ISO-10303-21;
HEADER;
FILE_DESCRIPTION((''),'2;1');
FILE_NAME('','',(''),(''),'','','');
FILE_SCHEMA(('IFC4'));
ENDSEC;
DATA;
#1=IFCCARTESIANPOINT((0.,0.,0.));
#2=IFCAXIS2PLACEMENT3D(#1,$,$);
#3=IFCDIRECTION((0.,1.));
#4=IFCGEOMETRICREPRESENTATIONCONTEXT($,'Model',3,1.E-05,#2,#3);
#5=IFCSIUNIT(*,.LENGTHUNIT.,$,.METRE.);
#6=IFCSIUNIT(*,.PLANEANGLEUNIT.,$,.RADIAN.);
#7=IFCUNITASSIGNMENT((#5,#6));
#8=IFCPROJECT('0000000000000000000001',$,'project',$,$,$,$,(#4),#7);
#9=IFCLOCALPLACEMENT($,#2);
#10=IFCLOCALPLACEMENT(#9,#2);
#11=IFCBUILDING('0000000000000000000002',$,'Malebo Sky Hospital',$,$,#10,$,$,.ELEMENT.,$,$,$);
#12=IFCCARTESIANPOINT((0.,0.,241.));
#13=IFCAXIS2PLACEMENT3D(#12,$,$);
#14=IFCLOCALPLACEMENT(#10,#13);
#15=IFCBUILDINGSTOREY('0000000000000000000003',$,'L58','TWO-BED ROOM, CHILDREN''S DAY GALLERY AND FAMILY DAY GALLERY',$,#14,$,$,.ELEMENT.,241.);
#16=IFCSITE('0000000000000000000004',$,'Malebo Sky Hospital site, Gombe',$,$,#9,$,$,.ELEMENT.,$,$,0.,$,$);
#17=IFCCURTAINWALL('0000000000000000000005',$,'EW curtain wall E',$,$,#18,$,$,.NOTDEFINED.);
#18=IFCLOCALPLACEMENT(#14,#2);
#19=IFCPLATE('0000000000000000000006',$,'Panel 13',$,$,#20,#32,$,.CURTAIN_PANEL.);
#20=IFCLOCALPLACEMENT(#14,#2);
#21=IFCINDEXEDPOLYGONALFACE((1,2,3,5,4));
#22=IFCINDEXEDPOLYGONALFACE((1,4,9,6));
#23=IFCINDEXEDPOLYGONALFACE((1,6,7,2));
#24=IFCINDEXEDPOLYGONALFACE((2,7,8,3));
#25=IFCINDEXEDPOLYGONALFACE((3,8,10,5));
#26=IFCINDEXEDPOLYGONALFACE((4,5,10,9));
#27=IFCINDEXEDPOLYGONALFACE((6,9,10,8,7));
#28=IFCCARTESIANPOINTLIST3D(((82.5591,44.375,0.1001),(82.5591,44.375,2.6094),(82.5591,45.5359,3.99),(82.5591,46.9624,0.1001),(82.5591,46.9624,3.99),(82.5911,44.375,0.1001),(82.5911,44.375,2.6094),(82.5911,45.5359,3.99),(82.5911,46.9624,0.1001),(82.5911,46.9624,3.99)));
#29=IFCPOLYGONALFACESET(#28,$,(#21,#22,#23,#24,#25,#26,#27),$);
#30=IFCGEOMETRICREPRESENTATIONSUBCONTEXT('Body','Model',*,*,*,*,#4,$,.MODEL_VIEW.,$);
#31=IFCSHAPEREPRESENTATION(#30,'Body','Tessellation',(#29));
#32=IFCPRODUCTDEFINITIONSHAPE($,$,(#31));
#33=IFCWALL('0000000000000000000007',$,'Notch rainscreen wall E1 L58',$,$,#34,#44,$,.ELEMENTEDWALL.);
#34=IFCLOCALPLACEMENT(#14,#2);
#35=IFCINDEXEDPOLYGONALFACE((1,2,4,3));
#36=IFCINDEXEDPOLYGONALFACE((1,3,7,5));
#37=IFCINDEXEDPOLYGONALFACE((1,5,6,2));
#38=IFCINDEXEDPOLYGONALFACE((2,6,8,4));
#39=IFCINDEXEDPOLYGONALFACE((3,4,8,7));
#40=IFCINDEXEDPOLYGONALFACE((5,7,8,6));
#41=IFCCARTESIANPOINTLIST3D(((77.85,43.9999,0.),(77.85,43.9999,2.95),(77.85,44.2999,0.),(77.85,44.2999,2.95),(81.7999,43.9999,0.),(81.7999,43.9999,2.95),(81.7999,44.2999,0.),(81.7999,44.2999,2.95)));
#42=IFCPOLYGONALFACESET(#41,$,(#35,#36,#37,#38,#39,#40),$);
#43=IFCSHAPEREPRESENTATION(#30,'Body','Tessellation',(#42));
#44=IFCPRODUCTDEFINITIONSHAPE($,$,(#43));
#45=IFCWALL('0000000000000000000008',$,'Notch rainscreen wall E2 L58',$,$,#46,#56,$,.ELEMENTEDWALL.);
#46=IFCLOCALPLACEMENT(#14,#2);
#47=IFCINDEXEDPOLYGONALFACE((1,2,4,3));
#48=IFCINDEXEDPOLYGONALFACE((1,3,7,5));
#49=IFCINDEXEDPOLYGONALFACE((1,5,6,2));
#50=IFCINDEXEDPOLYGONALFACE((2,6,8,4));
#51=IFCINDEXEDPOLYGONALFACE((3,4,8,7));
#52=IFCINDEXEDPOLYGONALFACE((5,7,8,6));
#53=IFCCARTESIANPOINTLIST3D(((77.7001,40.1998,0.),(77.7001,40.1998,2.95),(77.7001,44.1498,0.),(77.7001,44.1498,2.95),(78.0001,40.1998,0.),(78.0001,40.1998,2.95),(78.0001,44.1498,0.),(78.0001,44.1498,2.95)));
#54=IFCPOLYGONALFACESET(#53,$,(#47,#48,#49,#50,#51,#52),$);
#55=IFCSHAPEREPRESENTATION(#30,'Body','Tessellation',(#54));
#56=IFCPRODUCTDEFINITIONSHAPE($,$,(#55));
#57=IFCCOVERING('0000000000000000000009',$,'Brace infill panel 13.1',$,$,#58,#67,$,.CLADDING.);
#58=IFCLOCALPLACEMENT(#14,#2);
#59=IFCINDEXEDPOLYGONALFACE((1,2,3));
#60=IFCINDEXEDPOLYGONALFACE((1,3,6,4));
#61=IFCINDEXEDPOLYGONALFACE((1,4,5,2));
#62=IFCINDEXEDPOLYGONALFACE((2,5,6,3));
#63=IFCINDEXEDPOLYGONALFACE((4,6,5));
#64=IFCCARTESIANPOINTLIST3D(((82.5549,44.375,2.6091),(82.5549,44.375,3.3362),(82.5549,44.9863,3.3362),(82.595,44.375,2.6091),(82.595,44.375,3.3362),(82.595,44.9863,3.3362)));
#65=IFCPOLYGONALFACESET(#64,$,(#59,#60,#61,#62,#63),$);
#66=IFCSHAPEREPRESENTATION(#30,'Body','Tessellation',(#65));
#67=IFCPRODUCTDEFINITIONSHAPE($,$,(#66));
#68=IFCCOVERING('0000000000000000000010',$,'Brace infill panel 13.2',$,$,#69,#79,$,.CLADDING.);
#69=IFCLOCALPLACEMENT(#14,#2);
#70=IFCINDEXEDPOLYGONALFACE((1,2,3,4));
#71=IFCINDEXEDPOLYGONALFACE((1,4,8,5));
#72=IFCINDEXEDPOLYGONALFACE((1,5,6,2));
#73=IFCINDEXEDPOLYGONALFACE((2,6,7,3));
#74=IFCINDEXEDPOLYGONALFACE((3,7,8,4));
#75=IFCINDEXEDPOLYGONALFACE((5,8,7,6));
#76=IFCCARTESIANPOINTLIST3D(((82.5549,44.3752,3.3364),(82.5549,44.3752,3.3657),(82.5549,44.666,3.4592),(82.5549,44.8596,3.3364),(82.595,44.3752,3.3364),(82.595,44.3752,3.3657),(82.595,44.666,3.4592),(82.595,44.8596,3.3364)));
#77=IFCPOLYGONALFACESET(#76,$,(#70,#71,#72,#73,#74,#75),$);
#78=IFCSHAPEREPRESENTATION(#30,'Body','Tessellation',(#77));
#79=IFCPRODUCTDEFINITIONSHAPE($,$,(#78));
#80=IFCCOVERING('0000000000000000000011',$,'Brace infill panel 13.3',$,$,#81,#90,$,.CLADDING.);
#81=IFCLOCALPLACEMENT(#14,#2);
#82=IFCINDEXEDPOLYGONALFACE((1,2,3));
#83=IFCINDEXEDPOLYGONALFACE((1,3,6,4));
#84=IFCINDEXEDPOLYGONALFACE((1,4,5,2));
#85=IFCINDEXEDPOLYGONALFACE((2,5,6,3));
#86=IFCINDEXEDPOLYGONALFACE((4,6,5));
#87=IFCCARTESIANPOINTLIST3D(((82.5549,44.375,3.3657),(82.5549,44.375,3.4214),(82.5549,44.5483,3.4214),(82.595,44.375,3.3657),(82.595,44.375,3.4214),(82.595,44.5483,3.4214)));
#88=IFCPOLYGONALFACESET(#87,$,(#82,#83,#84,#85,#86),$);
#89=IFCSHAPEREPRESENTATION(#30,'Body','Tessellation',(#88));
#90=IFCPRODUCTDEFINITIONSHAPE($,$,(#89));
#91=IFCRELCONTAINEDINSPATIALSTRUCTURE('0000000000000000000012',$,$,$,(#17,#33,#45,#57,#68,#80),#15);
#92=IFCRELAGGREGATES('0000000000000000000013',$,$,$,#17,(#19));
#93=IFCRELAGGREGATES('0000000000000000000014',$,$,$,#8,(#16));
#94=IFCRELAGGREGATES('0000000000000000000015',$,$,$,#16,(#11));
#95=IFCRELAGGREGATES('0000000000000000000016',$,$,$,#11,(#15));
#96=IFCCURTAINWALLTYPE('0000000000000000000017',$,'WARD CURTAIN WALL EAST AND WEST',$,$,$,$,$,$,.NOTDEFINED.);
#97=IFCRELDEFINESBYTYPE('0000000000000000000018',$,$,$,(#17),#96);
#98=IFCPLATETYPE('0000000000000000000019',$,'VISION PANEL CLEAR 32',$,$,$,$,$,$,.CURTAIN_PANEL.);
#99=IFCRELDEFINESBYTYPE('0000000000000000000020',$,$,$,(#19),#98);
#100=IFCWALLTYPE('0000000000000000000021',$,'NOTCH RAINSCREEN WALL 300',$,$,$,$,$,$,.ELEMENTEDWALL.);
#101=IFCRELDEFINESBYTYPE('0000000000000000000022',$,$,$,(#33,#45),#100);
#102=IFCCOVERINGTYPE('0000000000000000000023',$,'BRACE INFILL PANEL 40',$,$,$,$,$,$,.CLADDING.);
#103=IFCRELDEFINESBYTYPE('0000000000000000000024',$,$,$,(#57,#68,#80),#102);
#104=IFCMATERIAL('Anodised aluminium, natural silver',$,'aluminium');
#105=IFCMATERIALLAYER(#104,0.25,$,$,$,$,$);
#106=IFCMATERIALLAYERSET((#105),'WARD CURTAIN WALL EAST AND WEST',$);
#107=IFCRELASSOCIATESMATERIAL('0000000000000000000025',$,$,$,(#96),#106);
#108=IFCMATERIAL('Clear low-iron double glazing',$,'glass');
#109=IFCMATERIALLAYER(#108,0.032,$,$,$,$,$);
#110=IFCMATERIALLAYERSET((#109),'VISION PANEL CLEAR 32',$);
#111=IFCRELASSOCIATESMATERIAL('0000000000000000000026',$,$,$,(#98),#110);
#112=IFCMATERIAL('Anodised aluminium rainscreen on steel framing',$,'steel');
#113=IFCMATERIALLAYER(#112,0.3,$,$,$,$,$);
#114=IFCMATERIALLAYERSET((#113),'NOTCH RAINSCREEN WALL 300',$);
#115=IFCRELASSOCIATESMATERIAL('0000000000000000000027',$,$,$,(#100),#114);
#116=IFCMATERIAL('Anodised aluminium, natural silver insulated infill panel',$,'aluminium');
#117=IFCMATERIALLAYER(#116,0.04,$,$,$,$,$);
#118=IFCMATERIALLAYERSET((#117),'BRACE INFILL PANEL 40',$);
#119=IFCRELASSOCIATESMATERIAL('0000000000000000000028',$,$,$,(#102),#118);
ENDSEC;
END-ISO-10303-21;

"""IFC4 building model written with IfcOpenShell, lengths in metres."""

from ifc_helpers import new_model, si_unit, direction, frame, frame_2d, origin, place, context, subcontext, project, spatial, polyline, rectangle, outline, extrude, material, layer, layer_set, type_object, element, aggregate, save


model = new_model("IFC4")

# Units and contexts
model_context = context("Model", 3, precision=1e-05, world=origin(), true_north=direction((0.0, 1.0)))
body_context = subcontext(model_context, "Body", "Model", "MODEL_VIEW")
ifc_project = project(units=[si_unit("LENGTHUNIT", "METRE"), si_unit("PLANEANGLEUNIT", "RADIAN")], contexts=[model_context])

# Site, building, storey
site_placement = place(None, origin())
site = spatial("IfcSite", under=ifc_project, at=site_placement, Name="Malebo Sky Hospital site, Gombe", CompositionType="ELEMENT", RefElevation=0.0)
building_placement = place(site_placement, origin())
building = spatial("IfcBuilding", under=site, at=building_placement, Name="Malebo Sky Hospital", CompositionType="ELEMENT")
storey_placement = place(building_placement, frame((0.0, 0.0, 241.0)))
storey = spatial("IfcBuildingStorey", under=building, at=storey_placement, Name="L58", Description="TWO-BED ROOM, CHILDREN'S DAY GALLERY AND FAMILY DAY GALLERY", CompositionType="ELEMENT", Elevation=241.0)

# Curtain wall
ifc_material_1 = material(Name="Anodised aluminium, natural silver", Category="aluminium")
ifc_layer_1 = layer(ifc_material_1, 0.25)
ifc_layer_set_1 = layer_set([ifc_layer_1], Name="WARD CURTAIN WALL EAST AND WEST")
curtain_wall_type_1 = type_object("IfcCurtainWallType", Name="WARD CURTAIN WALL EAST AND WEST", PredefinedType="NOTDEFINED", material=ifc_layer_set_1)
curtain_wall_1_placement = place(storey_placement, origin())
curtain_wall_1 = element("IfcCurtainWall", 1, at=curtain_wall_1_placement, inside=storey, type_object=curtain_wall_type_1, Name="EW curtain wall E", PredefinedType="NOTDEFINED")

# Plate
ifc_material_2 = material(Name="Clear low-iron double glazing", Category="glass")
ifc_layer_2 = layer(ifc_material_2, 0.032)
ifc_layer_set_2 = layer_set([ifc_layer_2], Name="VISION PANEL CLEAR 32")
plate_type = type_object("IfcPlateType", Name="VISION PANEL CLEAR 32", PredefinedType="CURTAIN_PANEL", material=ifc_layer_set_2)
plate_placement = place(storey_placement, frame((82.575, 45.6687, 0.1001), z_axis=(0.0, 0.0, 1.0), x_axis=(0.0, -1.0, 0.0)))
plate = element("IfcPlate", 2, at=plate_placement, type_object=plate_type, Name="Panel 13", PredefinedType="CURTAIN_PANEL", context=body_context, shape_type="SweptSolid", body=[
    extrude(outline(polyline([(-1.2937, 0.0), (1.2937, 0.0), (1.2937, 2.5093), (0.1328, 3.8899), (-1.2937, 3.8899), (-1.2937, 0.0)])), frame((0.0, 0.0161, 0.0), z_axis=(0.0, -1.0, 0.0), x_axis=(1.0, 0.0, 0.0)), (0.0, 0.0, 1.0), 0.032),
])
aggregate(curtain_wall_1, [plate])

# Walls
ifc_material_3 = material(Name="Anodised aluminium rainscreen on steel framing", Category="steel")
ifc_layer_3 = layer(ifc_material_3, 0.3)
ifc_layer_set_3 = layer_set([ifc_layer_3], Name="NOTCH RAINSCREEN WALL 300")
wall_type = type_object("IfcWallType", Name="NOTCH RAINSCREEN WALL 300", PredefinedType="ELEMENTEDWALL", material=ifc_layer_set_3)
for number, where, z_axis, x_axis, name in (
    (3, (81.8, 44.1499, 0.0), (0.0, 0.0, 1.0), (-1.0, 0.0, 0.0), "Notch rainscreen wall E1 L58"),
    (4, (77.8501, 44.1499, 0.0), (0.0, 0.0, 1.0), (0.0, -1.0, 0.0), "Notch rainscreen wall E2 L58"),
):
    element("IfcWall", number, at=place(storey_placement, frame(where, z_axis=z_axis, x_axis=x_axis)), inside=storey, type_object=wall_type, Name=name, PredefinedType="ELEMENTEDWALL", context=body_context, shape_type="SweptSolid", body=[
        extrude(rectangle(XDim=3.95, YDim=0.3, at=frame_2d((1.9751, 0.0))), origin(), (0.0, 0.0, 1.0), 2.95),
    ])

# Coverings
ifc_material_4 = material(Name="Anodised aluminium, natural silver insulated infill panel", Category="aluminium")
ifc_layer_4 = layer(ifc_material_4, 0.04)
ifc_layer_set_4 = layer_set([ifc_layer_4], Name="BRACE INFILL PANEL 40")
covering_type = type_object("IfcCoveringType", Name="BRACE INFILL PANEL 40", PredefinedType="CLADDING", material=ifc_layer_set_4)
covering_1_placement = place(storey_placement, frame((82.575, 44.6807, 2.6091), z_axis=(0.0, 0.0, 1.0), x_axis=(0.0, -1.0, 0.0)))
element("IfcCovering", 5, at=covering_1_placement, inside=storey, type_object=covering_type, Name="Brace infill panel 13.1", PredefinedType="CLADDING", context=body_context, shape_type="SweptSolid", body=[
    extrude(outline(polyline([(0.3057, 0.0), (0.3057, 0.7271), (-0.3057, 0.7271), (0.3057, 0.0)])), frame((0.0, 0.02, 0.0), z_axis=(0.0, -1.0, 0.0), x_axis=(1.0, 0.0, 0.0)), (0.0, 0.0, 1.0), 0.04),
])
covering_2_placement = place(storey_placement, frame((82.575, 44.6174, 3.3364), z_axis=(0.0, 0.0, 1.0), x_axis=(0.0, -1.0, 0.0)))
element("IfcCovering", 6, at=covering_2_placement, inside=storey, type_object=covering_type, Name="Brace infill panel 13.2", PredefinedType="CLADDING", context=body_context, shape_type="SweptSolid", body=[
    extrude(outline(polyline([(-0.2422, 0.0), (0.2422, 0.0), (0.2422, 0.0293), (-0.0486, 0.1228), (-0.2422, 0.0)])), frame((0.0, 0.02, 0.0), z_axis=(0.0, -1.0, 0.0), x_axis=(1.0, 0.0, 0.0)), (0.0, 0.0, 1.0), 0.04),
])
covering_3_placement = place(storey_placement, frame((82.575, 44.4617, 3.3657), z_axis=(0.0, 0.0, 1.0), x_axis=(0.0, -1.0, 0.0)))
element("IfcCovering", 7, at=covering_3_placement, inside=storey, type_object=covering_type, Name="Brace infill panel 13.3", PredefinedType="CLADDING", context=body_context, shape_type="SweptSolid", body=[
    extrude(outline(polyline([(0.0867, 0.0), (0.0867, 0.0557), (-0.0867, 0.0557), (0.0867, 0.0)])), frame((0.0, 0.02, 0.0), z_axis=(0.0, -1.0, 0.0), x_axis=(1.0, 0.0, 0.0)), (0.0, 0.0, 1.0), 0.04),
])

save(model, "model.ifc")
